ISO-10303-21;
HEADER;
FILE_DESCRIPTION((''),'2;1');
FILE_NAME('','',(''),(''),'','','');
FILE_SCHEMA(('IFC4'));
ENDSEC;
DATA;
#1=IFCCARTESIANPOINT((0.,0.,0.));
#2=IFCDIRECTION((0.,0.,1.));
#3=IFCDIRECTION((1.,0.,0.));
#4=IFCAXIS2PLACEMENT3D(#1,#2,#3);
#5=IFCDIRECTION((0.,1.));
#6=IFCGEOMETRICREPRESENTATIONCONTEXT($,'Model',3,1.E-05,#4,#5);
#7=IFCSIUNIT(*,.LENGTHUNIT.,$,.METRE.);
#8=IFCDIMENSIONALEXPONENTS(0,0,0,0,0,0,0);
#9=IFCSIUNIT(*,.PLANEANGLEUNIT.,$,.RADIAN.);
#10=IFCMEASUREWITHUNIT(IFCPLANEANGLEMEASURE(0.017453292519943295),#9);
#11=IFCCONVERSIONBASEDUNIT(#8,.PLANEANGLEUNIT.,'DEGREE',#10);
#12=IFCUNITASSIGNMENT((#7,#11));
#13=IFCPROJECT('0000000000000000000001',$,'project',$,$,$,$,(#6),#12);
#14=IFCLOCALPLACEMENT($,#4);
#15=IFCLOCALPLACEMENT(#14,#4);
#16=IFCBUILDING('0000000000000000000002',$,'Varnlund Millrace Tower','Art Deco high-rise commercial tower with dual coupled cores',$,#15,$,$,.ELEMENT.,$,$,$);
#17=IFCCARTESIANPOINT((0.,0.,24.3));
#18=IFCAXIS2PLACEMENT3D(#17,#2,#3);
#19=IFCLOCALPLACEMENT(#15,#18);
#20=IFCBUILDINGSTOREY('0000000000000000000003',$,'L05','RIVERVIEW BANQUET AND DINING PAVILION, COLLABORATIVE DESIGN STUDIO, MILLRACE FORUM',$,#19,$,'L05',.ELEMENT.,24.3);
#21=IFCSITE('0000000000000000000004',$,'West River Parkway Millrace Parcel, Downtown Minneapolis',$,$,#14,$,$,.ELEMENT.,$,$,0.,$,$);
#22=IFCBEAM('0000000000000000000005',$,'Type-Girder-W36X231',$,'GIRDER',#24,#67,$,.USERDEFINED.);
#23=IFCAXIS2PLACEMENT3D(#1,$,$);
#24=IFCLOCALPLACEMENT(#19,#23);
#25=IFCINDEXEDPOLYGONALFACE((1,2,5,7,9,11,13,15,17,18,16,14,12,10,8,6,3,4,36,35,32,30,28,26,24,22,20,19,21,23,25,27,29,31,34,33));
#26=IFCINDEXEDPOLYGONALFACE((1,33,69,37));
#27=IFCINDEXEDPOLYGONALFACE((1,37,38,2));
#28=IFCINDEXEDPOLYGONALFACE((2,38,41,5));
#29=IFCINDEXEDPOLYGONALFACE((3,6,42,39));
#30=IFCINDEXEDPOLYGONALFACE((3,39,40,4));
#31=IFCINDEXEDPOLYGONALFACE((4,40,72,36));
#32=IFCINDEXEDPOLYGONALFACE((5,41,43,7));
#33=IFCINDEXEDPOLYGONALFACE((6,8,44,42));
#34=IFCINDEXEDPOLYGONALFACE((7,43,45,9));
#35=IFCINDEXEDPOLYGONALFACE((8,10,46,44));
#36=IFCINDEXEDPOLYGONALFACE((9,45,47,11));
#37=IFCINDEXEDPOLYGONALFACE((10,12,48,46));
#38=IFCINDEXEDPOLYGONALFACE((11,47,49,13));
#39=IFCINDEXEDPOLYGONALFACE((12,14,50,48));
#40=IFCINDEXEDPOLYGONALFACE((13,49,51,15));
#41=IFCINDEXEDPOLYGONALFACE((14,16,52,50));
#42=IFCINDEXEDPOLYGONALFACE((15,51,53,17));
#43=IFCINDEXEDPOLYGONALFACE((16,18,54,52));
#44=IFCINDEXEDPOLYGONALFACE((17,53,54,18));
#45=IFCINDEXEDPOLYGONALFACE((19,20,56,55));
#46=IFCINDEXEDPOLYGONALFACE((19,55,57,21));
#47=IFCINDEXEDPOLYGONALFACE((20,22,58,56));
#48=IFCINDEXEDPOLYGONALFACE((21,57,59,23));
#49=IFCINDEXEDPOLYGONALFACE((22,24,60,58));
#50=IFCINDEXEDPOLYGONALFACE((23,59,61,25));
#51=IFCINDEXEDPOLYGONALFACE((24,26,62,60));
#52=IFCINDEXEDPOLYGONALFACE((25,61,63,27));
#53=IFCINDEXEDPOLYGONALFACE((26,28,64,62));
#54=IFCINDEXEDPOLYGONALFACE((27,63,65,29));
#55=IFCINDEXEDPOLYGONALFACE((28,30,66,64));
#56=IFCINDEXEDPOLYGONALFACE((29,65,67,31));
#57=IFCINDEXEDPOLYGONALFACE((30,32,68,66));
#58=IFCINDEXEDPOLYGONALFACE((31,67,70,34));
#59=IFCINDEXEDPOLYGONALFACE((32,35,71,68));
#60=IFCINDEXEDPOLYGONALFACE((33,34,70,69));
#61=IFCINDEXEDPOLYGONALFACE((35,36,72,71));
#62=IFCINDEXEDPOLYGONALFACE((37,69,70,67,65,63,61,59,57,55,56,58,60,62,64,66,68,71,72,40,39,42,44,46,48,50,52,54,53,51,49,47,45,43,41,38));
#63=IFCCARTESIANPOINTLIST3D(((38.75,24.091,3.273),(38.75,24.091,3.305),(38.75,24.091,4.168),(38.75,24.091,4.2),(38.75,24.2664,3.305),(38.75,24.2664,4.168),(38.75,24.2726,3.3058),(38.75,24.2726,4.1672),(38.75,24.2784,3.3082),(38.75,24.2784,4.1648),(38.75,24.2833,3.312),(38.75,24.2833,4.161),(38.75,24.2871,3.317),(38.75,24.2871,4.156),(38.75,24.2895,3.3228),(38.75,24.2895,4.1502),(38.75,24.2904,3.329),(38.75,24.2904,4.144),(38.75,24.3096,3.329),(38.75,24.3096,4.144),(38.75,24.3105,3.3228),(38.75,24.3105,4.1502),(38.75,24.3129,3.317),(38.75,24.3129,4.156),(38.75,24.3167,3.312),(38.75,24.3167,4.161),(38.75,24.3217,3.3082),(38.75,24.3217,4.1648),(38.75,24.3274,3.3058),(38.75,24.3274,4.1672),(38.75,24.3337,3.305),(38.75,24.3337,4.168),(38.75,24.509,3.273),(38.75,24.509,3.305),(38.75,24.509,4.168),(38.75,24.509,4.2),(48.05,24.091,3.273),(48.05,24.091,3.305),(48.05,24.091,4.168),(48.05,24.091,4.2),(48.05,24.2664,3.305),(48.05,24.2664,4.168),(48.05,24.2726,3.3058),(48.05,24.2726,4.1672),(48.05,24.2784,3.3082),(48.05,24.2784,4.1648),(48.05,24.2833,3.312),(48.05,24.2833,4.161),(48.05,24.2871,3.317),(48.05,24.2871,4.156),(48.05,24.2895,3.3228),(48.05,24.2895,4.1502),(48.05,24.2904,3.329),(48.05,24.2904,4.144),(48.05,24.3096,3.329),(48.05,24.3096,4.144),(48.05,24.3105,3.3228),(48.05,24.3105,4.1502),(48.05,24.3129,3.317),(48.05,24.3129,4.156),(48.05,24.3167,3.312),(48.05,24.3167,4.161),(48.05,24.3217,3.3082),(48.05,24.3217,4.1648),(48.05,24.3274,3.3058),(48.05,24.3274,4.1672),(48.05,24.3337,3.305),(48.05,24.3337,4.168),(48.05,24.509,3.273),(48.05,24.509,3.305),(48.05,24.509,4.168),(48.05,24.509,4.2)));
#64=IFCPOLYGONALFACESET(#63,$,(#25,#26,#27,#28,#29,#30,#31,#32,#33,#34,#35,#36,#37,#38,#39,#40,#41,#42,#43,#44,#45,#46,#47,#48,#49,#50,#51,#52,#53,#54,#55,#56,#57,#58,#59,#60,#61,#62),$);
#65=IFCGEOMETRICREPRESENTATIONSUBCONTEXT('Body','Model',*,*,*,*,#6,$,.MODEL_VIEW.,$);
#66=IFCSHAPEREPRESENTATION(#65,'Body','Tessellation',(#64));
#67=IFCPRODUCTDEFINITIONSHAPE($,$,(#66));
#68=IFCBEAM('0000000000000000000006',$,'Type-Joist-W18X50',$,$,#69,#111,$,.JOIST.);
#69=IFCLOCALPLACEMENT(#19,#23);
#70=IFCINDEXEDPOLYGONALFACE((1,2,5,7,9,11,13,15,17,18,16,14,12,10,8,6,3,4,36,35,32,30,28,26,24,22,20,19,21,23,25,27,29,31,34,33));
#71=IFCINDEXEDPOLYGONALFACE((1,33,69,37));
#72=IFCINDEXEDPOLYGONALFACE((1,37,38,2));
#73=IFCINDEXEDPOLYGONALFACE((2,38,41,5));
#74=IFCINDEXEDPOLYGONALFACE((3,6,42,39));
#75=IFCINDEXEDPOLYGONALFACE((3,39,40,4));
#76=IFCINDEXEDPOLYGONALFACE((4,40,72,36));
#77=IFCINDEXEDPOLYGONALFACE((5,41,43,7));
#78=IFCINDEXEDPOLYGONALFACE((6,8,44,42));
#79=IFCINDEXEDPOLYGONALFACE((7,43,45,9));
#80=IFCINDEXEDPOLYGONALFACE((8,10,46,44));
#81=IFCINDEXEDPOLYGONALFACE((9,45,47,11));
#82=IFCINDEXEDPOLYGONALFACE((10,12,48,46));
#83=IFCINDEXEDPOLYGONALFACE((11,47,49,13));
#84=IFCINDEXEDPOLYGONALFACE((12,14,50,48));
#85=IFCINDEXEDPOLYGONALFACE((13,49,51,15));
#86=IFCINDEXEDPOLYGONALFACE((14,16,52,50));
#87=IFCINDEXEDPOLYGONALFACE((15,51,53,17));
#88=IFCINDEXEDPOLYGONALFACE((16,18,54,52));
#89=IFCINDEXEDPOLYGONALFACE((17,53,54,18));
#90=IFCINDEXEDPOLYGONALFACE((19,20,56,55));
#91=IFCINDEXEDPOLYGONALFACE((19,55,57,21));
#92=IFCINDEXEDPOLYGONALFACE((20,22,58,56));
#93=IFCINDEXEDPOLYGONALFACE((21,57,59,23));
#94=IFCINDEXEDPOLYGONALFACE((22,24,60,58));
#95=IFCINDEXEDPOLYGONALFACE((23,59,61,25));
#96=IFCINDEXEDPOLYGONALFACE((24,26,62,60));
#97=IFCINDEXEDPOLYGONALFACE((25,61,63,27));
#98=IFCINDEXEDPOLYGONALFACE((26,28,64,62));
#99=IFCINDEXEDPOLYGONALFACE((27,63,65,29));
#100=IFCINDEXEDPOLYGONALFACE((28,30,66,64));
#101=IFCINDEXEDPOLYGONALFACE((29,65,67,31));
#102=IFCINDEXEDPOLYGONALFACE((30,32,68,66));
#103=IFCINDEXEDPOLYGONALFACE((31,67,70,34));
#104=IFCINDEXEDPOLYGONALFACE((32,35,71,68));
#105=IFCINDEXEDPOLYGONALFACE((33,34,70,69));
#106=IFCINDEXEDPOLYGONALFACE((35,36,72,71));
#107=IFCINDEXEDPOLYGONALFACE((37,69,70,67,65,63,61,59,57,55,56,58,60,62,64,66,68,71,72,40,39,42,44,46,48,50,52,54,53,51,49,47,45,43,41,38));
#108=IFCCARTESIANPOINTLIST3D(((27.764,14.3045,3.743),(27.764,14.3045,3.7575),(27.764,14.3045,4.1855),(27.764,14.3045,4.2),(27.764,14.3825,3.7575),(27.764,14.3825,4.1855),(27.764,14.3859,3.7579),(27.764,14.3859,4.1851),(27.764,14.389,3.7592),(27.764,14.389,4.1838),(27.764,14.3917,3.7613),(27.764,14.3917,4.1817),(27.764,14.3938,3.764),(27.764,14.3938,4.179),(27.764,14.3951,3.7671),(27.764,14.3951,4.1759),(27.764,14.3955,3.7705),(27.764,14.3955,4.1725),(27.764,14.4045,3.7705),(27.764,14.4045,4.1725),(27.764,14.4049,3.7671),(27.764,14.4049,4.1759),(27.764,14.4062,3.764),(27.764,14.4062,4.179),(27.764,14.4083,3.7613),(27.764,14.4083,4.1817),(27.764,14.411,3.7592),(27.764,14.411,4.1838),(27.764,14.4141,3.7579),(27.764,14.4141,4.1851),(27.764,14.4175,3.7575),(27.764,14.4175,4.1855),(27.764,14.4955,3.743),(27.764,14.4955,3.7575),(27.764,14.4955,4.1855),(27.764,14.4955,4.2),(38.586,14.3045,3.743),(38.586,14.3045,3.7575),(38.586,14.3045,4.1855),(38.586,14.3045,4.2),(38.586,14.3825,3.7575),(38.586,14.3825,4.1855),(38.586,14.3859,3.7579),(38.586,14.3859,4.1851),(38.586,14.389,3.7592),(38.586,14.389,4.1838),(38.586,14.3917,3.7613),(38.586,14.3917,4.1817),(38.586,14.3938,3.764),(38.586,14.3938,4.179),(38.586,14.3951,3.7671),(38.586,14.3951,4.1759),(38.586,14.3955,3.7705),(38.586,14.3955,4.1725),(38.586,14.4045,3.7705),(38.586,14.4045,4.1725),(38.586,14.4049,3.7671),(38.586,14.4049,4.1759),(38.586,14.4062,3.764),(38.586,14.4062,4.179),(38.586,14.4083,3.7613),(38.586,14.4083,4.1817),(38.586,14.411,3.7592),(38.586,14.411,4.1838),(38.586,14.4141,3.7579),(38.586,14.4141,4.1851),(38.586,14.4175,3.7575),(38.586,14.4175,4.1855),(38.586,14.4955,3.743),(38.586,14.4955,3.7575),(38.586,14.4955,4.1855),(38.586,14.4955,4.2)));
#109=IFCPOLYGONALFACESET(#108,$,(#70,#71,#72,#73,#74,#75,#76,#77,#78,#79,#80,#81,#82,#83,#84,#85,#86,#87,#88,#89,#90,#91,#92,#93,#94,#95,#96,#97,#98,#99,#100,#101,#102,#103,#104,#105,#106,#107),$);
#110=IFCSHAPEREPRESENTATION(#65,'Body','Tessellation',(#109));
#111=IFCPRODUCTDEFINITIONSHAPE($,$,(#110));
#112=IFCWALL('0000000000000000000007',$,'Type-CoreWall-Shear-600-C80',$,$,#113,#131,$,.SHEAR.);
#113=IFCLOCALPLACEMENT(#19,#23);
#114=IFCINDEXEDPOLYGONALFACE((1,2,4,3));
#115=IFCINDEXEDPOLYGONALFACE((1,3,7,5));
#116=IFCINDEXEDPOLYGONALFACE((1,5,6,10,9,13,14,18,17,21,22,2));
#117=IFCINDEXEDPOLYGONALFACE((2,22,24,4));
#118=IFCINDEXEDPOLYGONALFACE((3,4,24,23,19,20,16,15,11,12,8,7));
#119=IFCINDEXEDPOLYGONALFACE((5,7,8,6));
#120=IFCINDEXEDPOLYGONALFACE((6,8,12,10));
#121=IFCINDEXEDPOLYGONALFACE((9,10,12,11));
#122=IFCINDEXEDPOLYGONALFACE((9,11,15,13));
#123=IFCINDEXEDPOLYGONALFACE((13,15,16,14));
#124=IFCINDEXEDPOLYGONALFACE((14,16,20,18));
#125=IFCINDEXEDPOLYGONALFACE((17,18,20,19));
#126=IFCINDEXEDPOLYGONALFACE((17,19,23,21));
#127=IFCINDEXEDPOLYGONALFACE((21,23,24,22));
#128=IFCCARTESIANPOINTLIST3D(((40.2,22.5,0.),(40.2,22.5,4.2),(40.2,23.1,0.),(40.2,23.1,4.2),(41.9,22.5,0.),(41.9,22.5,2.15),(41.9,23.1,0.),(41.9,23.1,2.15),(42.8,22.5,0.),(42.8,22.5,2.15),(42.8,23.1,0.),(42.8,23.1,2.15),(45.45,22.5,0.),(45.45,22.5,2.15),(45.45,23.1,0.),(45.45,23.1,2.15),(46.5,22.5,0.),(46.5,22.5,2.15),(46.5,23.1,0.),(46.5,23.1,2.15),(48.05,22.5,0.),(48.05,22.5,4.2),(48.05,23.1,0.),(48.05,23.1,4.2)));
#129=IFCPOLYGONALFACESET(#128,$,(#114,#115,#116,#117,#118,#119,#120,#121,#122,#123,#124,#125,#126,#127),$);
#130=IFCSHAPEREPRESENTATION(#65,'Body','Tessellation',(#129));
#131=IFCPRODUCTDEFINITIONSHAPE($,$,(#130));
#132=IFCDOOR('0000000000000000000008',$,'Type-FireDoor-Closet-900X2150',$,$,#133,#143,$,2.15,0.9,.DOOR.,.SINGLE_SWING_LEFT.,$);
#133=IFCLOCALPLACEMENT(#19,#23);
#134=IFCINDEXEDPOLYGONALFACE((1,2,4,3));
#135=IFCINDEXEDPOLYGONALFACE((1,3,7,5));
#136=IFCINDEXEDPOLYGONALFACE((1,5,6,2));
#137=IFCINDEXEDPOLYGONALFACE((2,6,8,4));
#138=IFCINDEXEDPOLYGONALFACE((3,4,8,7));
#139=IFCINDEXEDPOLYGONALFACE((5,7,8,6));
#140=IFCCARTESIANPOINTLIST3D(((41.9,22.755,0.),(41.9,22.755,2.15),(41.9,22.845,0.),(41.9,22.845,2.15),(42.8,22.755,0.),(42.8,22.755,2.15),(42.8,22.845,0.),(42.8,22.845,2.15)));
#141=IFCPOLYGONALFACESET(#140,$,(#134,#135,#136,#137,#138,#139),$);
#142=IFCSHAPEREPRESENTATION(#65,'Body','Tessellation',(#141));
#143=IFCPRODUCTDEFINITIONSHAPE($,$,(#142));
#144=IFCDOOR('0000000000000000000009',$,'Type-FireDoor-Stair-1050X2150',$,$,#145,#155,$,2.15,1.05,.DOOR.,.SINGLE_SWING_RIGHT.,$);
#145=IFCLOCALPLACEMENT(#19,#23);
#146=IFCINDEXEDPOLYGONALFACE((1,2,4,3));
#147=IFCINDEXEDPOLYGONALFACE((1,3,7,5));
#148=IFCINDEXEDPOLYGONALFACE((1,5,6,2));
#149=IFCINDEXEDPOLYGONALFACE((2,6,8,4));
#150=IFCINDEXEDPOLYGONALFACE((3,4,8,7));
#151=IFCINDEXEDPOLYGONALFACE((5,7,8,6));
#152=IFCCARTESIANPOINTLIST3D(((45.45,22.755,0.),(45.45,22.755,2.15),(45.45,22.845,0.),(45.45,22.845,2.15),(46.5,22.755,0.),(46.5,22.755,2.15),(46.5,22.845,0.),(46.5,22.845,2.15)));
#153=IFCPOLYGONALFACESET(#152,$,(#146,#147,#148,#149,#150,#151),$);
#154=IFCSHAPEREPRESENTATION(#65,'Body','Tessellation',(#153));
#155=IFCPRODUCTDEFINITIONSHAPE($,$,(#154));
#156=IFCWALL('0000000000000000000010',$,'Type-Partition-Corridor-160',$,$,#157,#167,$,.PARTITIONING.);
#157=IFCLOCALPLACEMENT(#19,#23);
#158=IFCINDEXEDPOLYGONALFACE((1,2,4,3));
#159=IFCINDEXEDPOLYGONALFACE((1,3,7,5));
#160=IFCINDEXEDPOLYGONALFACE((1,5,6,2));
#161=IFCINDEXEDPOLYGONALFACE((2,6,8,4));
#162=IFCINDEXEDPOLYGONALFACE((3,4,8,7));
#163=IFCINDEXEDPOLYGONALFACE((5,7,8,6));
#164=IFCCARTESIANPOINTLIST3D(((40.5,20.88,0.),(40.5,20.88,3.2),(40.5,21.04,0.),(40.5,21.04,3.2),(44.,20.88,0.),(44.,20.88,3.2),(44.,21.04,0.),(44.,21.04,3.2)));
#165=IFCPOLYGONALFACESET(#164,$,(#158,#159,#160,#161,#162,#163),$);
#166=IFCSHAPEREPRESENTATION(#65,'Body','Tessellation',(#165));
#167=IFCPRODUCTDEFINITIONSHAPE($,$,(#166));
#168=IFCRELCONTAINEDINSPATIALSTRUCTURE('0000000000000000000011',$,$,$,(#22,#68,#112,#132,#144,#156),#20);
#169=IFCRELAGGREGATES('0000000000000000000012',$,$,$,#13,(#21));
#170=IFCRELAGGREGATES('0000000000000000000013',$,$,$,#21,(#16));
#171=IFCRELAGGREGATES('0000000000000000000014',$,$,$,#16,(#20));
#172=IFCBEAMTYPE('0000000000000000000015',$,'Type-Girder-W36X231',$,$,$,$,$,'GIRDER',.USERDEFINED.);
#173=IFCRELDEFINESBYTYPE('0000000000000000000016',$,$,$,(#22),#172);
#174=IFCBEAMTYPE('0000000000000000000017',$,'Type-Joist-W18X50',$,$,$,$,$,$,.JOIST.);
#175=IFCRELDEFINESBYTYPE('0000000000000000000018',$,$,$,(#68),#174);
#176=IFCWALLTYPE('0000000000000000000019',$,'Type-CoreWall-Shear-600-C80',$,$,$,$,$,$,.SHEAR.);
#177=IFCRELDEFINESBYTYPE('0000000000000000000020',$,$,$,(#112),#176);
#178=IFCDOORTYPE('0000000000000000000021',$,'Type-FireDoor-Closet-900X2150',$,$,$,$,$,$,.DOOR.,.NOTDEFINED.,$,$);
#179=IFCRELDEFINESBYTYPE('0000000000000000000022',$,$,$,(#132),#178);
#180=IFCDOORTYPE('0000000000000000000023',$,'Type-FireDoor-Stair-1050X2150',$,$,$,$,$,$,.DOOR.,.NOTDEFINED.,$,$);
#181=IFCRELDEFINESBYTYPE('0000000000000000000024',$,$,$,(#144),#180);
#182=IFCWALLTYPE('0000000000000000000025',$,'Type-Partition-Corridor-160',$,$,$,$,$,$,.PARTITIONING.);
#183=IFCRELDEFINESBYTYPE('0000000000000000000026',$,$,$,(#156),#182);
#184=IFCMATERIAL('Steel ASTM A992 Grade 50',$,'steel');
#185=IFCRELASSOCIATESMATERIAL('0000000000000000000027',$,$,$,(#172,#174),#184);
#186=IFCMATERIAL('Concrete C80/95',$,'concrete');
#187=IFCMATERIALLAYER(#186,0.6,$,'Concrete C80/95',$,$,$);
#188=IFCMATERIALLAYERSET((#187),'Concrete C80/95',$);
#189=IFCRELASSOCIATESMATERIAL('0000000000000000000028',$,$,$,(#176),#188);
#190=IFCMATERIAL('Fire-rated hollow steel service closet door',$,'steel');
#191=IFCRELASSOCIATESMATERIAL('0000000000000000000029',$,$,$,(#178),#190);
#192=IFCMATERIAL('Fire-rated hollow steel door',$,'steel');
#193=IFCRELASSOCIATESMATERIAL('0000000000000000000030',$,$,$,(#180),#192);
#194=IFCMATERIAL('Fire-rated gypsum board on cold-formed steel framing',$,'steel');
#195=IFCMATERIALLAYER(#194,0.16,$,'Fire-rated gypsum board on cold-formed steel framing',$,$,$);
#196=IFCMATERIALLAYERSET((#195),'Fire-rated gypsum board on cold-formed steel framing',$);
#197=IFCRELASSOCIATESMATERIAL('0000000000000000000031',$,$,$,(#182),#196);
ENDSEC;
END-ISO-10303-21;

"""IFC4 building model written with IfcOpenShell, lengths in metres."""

from ifc_helpers import new_model, entity, si_unit, converted_unit, direction, frame, origin_with_axes, origin_2d_with_axis, place, context, subcontext, project, spatial, polyline, rectangle, i_section, outline, extrude, material, layer, layer_set, material_profile, profile_set, type_object, element, fill, save


model = new_model("IFC4")

# Units and contexts
model_context = context("Model", 3, precision=1e-05, world=origin_with_axes(), true_north=direction((0.0, 1.0)))
body_context = subcontext(model_context, "Body", "Model", "MODEL_VIEW")
ifc_project = project(units=[si_unit("LENGTHUNIT", "METRE"), converted_unit("PLANEANGLEUNIT", "DEGREE", entity("IfcPlaneAngleMeasure", 0.017453292519943295), si_unit("PLANEANGLEUNIT", "RADIAN"), dimensions=[0, 0, 0, 0, 0, 0, 0])], contexts=[model_context])

# Site, building, storey
site_placement = place(None, origin_with_axes())
site = spatial("IfcSite", under=ifc_project, at=site_placement, Name="West River Parkway Millrace Parcel, Downtown Minneapolis", CompositionType="ELEMENT", RefElevation=0.0)
building_placement = place(site_placement, origin_with_axes())
building = spatial("IfcBuilding", under=site, at=building_placement, Name="Varnlund Millrace Tower", Description="Art Deco high-rise commercial tower with dual coupled cores", CompositionType="ELEMENT")
storey_placement = place(building_placement, frame((0.0, 0.0, 24.3), z_axis=(0.0, 0.0, 1.0), x_axis=(1.0, 0.0, 0.0)))
storey = spatial("IfcBuildingStorey", under=building, at=storey_placement, Name="L05", Description="RIVERVIEW BANQUET AND DINING PAVILION, COLLABORATIVE DESIGN STUDIO, MILLRACE FORUM", LongName="L05", CompositionType="ELEMENT", Elevation=24.3)

# Shared definitions
ifc_material_1 = material(Name="Concrete C80/95", Category="concrete")

# Beams
ifc_material_2 = material(Name="Steel ASTM A992 Grade 50", Category="steel")
ifc_material_profile_1 = material_profile(ifc_material_2, i_section(OverallWidth=0.418, OverallDepth=0.927, WebThickness=0.0193, FlangeThickness=0.032, FilletRadius=0.024, at=origin_2d_with_axis()), Name="Steel ASTM A992 Grade 50")
ifc_profile_set_1 = profile_set([ifc_material_profile_1], Name="Steel ASTM A992 Grade 50")
beam_type_1 = type_object("IfcBeamType", Name="Type-Girder-W36X231", ElementType="GIRDER", PredefinedType="USERDEFINED", material=ifc_profile_set_1)
beam_1_placement = place(storey_placement, frame((38.75, 24.3, 3.7365), z_axis=(1.0, 0.0, 0.0), x_axis=(0.0, 1.0, 0.0)))
element("IfcBeam", 1, at=beam_1_placement, inside=storey, type_object=beam_type_1, Name="Type-Girder-W36X231", ObjectType="GIRDER", PredefinedType="USERDEFINED", context=body_context, shape_type="SweptSolid", body=[
    extrude(i_section(OverallWidth=0.418, OverallDepth=0.927, WebThickness=0.0193, FlangeThickness=0.032, FilletRadius=0.024, at=origin_2d_with_axis()), origin_with_axes(), (0.0, 0.0, 1.0), 9.3),
])
ifc_material_profile_2 = material_profile(ifc_material_2, i_section(OverallWidth=0.191, OverallDepth=0.457, WebThickness=0.009, FlangeThickness=0.0145, FilletRadius=0.013, at=origin_2d_with_axis()), Name="Steel ASTM A992 Grade 50")
ifc_profile_set_2 = profile_set([ifc_material_profile_2], Name="Steel ASTM A992 Grade 50")
beam_type_2 = type_object("IfcBeamType", Name="Type-Joist-W18X50", PredefinedType="JOIST", material=ifc_profile_set_2)
beam_2_placement = place(storey_placement, frame((27.764, 14.4, 3.9715), z_axis=(1.0, 0.0, 0.0), x_axis=(0.0, 1.0, 0.0)))
element("IfcBeam", 2, at=beam_2_placement, inside=storey, type_object=beam_type_2, Name="Type-Joist-W18X50", PredefinedType="JOIST", context=body_context, shape_type="SweptSolid", body=[
    extrude(i_section(OverallWidth=0.191, OverallDepth=0.457, WebThickness=0.009, FlangeThickness=0.0145, FilletRadius=0.013, at=origin_2d_with_axis()), origin_with_axes(), (0.0, 0.0, 1.0), 10.822),
])

# Wall, openings, doors
ifc_layer_1 = layer(ifc_material_1, 0.6, Name="Concrete C80/95")
ifc_layer_set_1 = layer_set([ifc_layer_1], Name="Concrete C80/95")
wall_type_1 = type_object("IfcWallType", Name="Type-CoreWall-Shear-600-C80", PredefinedType="SHEAR", material=ifc_layer_set_1)
wall_1_placement = place(storey_placement, frame((40.2, 22.8, 0.0), z_axis=(0.0, 0.0, 1.0), x_axis=(1.0, 0.0, 0.0)))
wall_1 = element("IfcWall", 3, at=wall_1_placement, inside=storey, type_object=wall_type_1, Name="Type-CoreWall-Shear-600-C80", PredefinedType="SHEAR", context=body_context, shape_type="SweptSolid", body=[
    extrude(outline(polyline([(0.0, -0.3), (7.85, -0.3), (7.85, 0.3), (0.0, 0.3), (0.0, -0.3)])), origin_with_axes(), (0.0, 0.0, 1.0), 4.2),
])
opening_1_placement = place(wall_1_placement, frame((5.775, 0.0, 0.0), z_axis=(0.0, 0.0, 1.0), x_axis=(1.0, 0.0, 0.0)))
opening_1 = element("IfcOpeningElement", 4, at=opening_1_placement, cuts=wall_1, PredefinedType="OPENING", context=body_context, shape_type="SweptSolid", body=[
    extrude(rectangle(XDim=1.05, YDim=0.62, at=origin_2d_with_axis()), origin_with_axes(), (0.0, 0.0, 1.0), 2.15),
])
opening_2_placement = place(wall_1_placement, frame((2.15, 0.0, 0.0), z_axis=(0.0, 0.0, 1.0), x_axis=(1.0, 0.0, 0.0)))
opening_2 = element("IfcOpeningElement", 5, at=opening_2_placement, cuts=wall_1, PredefinedType="OPENING", context=body_context, shape_type="SweptSolid", body=[
    extrude(rectangle(XDim=0.9, YDim=0.62, at=origin_2d_with_axis()), origin_with_axes(), (0.0, 0.0, 1.0), 2.15),
])
ifc_material_3 = material(Name="Fire-rated hollow steel service closet door", Category="steel")
door_type_1 = type_object("IfcDoorType", Name="Type-FireDoor-Closet-900X2150", OperationType="NOTDEFINED", PredefinedType="DOOR", material=ifc_material_3)
door_1_placement = place(wall_1_placement, frame((2.15, 0.0, 0.0), z_axis=(0.0, 0.0, 1.0), x_axis=(1.0, 0.0, 0.0)))
door_1 = element("IfcDoor", 6, at=door_1_placement, inside=storey, type_object=door_type_1, Name="Type-FireDoor-Closet-900X2150", OperationType="SINGLE_SWING_LEFT", OverallHeight=2.15, OverallWidth=0.9, PredefinedType="DOOR", context=body_context, shape_type="SweptSolid", body=[
    extrude(rectangle(XDim=0.9, YDim=0.09, at=origin_2d_with_axis()), origin_with_axes(), (0.0, 0.0, 1.0), 2.15),
])
fill(opening_2, door_1)
ifc_material_4 = material(Name="Fire-rated hollow steel door", Category="steel")
door_type_2 = type_object("IfcDoorType", Name="Type-FireDoor-Stair-1050X2150", OperationType="NOTDEFINED", PredefinedType="DOOR", material=ifc_material_4)
door_2_placement = place(wall_1_placement, frame((5.775, 0.0, 0.0), z_axis=(0.0, 0.0, 1.0), x_axis=(1.0, 0.0, 0.0)))
door_2 = element("IfcDoor", 7, at=door_2_placement, inside=storey, type_object=door_type_2, Name="Type-FireDoor-Stair-1050X2150", OperationType="SINGLE_SWING_RIGHT", OverallHeight=2.15, OverallWidth=1.05, PredefinedType="DOOR", context=body_context, shape_type="SweptSolid", body=[
    extrude(rectangle(XDim=1.05, YDim=0.09, at=origin_2d_with_axis()), origin_with_axes(), (0.0, 0.0, 1.0), 2.15),
])
fill(opening_1, door_2)

# Wall
ifc_material_5 = material(Name="Fire-rated gypsum board on cold-formed steel framing", Category="steel")
ifc_layer_2 = layer(ifc_material_5, 0.16, Name="Fire-rated gypsum board on cold-formed steel framing")
ifc_layer_set_2 = layer_set([ifc_layer_2], Name="Fire-rated gypsum board on cold-formed steel framing")
wall_type_2 = type_object("IfcWallType", Name="Type-Partition-Corridor-160", PredefinedType="PARTITIONING", material=ifc_layer_set_2)
wall_2_placement = place(storey_placement, frame((40.5, 20.96, 0.0), z_axis=(0.0, 0.0, 1.0), x_axis=(1.0, 0.0, 0.0)))
element("IfcWall", 8, at=wall_2_placement, inside=storey, type_object=wall_type_2, Name="Type-Partition-Corridor-160", PredefinedType="PARTITIONING", context=body_context, shape_type="SweptSolid", body=[
    extrude(outline(polyline([(0.0, -0.08), (3.5, -0.08), (3.5, 0.08), (0.0, 0.08), (0.0, -0.08)])), origin_with_axes(), (0.0, 0.0, 1.0), 3.2),
])

save(model, "model.ifc")
